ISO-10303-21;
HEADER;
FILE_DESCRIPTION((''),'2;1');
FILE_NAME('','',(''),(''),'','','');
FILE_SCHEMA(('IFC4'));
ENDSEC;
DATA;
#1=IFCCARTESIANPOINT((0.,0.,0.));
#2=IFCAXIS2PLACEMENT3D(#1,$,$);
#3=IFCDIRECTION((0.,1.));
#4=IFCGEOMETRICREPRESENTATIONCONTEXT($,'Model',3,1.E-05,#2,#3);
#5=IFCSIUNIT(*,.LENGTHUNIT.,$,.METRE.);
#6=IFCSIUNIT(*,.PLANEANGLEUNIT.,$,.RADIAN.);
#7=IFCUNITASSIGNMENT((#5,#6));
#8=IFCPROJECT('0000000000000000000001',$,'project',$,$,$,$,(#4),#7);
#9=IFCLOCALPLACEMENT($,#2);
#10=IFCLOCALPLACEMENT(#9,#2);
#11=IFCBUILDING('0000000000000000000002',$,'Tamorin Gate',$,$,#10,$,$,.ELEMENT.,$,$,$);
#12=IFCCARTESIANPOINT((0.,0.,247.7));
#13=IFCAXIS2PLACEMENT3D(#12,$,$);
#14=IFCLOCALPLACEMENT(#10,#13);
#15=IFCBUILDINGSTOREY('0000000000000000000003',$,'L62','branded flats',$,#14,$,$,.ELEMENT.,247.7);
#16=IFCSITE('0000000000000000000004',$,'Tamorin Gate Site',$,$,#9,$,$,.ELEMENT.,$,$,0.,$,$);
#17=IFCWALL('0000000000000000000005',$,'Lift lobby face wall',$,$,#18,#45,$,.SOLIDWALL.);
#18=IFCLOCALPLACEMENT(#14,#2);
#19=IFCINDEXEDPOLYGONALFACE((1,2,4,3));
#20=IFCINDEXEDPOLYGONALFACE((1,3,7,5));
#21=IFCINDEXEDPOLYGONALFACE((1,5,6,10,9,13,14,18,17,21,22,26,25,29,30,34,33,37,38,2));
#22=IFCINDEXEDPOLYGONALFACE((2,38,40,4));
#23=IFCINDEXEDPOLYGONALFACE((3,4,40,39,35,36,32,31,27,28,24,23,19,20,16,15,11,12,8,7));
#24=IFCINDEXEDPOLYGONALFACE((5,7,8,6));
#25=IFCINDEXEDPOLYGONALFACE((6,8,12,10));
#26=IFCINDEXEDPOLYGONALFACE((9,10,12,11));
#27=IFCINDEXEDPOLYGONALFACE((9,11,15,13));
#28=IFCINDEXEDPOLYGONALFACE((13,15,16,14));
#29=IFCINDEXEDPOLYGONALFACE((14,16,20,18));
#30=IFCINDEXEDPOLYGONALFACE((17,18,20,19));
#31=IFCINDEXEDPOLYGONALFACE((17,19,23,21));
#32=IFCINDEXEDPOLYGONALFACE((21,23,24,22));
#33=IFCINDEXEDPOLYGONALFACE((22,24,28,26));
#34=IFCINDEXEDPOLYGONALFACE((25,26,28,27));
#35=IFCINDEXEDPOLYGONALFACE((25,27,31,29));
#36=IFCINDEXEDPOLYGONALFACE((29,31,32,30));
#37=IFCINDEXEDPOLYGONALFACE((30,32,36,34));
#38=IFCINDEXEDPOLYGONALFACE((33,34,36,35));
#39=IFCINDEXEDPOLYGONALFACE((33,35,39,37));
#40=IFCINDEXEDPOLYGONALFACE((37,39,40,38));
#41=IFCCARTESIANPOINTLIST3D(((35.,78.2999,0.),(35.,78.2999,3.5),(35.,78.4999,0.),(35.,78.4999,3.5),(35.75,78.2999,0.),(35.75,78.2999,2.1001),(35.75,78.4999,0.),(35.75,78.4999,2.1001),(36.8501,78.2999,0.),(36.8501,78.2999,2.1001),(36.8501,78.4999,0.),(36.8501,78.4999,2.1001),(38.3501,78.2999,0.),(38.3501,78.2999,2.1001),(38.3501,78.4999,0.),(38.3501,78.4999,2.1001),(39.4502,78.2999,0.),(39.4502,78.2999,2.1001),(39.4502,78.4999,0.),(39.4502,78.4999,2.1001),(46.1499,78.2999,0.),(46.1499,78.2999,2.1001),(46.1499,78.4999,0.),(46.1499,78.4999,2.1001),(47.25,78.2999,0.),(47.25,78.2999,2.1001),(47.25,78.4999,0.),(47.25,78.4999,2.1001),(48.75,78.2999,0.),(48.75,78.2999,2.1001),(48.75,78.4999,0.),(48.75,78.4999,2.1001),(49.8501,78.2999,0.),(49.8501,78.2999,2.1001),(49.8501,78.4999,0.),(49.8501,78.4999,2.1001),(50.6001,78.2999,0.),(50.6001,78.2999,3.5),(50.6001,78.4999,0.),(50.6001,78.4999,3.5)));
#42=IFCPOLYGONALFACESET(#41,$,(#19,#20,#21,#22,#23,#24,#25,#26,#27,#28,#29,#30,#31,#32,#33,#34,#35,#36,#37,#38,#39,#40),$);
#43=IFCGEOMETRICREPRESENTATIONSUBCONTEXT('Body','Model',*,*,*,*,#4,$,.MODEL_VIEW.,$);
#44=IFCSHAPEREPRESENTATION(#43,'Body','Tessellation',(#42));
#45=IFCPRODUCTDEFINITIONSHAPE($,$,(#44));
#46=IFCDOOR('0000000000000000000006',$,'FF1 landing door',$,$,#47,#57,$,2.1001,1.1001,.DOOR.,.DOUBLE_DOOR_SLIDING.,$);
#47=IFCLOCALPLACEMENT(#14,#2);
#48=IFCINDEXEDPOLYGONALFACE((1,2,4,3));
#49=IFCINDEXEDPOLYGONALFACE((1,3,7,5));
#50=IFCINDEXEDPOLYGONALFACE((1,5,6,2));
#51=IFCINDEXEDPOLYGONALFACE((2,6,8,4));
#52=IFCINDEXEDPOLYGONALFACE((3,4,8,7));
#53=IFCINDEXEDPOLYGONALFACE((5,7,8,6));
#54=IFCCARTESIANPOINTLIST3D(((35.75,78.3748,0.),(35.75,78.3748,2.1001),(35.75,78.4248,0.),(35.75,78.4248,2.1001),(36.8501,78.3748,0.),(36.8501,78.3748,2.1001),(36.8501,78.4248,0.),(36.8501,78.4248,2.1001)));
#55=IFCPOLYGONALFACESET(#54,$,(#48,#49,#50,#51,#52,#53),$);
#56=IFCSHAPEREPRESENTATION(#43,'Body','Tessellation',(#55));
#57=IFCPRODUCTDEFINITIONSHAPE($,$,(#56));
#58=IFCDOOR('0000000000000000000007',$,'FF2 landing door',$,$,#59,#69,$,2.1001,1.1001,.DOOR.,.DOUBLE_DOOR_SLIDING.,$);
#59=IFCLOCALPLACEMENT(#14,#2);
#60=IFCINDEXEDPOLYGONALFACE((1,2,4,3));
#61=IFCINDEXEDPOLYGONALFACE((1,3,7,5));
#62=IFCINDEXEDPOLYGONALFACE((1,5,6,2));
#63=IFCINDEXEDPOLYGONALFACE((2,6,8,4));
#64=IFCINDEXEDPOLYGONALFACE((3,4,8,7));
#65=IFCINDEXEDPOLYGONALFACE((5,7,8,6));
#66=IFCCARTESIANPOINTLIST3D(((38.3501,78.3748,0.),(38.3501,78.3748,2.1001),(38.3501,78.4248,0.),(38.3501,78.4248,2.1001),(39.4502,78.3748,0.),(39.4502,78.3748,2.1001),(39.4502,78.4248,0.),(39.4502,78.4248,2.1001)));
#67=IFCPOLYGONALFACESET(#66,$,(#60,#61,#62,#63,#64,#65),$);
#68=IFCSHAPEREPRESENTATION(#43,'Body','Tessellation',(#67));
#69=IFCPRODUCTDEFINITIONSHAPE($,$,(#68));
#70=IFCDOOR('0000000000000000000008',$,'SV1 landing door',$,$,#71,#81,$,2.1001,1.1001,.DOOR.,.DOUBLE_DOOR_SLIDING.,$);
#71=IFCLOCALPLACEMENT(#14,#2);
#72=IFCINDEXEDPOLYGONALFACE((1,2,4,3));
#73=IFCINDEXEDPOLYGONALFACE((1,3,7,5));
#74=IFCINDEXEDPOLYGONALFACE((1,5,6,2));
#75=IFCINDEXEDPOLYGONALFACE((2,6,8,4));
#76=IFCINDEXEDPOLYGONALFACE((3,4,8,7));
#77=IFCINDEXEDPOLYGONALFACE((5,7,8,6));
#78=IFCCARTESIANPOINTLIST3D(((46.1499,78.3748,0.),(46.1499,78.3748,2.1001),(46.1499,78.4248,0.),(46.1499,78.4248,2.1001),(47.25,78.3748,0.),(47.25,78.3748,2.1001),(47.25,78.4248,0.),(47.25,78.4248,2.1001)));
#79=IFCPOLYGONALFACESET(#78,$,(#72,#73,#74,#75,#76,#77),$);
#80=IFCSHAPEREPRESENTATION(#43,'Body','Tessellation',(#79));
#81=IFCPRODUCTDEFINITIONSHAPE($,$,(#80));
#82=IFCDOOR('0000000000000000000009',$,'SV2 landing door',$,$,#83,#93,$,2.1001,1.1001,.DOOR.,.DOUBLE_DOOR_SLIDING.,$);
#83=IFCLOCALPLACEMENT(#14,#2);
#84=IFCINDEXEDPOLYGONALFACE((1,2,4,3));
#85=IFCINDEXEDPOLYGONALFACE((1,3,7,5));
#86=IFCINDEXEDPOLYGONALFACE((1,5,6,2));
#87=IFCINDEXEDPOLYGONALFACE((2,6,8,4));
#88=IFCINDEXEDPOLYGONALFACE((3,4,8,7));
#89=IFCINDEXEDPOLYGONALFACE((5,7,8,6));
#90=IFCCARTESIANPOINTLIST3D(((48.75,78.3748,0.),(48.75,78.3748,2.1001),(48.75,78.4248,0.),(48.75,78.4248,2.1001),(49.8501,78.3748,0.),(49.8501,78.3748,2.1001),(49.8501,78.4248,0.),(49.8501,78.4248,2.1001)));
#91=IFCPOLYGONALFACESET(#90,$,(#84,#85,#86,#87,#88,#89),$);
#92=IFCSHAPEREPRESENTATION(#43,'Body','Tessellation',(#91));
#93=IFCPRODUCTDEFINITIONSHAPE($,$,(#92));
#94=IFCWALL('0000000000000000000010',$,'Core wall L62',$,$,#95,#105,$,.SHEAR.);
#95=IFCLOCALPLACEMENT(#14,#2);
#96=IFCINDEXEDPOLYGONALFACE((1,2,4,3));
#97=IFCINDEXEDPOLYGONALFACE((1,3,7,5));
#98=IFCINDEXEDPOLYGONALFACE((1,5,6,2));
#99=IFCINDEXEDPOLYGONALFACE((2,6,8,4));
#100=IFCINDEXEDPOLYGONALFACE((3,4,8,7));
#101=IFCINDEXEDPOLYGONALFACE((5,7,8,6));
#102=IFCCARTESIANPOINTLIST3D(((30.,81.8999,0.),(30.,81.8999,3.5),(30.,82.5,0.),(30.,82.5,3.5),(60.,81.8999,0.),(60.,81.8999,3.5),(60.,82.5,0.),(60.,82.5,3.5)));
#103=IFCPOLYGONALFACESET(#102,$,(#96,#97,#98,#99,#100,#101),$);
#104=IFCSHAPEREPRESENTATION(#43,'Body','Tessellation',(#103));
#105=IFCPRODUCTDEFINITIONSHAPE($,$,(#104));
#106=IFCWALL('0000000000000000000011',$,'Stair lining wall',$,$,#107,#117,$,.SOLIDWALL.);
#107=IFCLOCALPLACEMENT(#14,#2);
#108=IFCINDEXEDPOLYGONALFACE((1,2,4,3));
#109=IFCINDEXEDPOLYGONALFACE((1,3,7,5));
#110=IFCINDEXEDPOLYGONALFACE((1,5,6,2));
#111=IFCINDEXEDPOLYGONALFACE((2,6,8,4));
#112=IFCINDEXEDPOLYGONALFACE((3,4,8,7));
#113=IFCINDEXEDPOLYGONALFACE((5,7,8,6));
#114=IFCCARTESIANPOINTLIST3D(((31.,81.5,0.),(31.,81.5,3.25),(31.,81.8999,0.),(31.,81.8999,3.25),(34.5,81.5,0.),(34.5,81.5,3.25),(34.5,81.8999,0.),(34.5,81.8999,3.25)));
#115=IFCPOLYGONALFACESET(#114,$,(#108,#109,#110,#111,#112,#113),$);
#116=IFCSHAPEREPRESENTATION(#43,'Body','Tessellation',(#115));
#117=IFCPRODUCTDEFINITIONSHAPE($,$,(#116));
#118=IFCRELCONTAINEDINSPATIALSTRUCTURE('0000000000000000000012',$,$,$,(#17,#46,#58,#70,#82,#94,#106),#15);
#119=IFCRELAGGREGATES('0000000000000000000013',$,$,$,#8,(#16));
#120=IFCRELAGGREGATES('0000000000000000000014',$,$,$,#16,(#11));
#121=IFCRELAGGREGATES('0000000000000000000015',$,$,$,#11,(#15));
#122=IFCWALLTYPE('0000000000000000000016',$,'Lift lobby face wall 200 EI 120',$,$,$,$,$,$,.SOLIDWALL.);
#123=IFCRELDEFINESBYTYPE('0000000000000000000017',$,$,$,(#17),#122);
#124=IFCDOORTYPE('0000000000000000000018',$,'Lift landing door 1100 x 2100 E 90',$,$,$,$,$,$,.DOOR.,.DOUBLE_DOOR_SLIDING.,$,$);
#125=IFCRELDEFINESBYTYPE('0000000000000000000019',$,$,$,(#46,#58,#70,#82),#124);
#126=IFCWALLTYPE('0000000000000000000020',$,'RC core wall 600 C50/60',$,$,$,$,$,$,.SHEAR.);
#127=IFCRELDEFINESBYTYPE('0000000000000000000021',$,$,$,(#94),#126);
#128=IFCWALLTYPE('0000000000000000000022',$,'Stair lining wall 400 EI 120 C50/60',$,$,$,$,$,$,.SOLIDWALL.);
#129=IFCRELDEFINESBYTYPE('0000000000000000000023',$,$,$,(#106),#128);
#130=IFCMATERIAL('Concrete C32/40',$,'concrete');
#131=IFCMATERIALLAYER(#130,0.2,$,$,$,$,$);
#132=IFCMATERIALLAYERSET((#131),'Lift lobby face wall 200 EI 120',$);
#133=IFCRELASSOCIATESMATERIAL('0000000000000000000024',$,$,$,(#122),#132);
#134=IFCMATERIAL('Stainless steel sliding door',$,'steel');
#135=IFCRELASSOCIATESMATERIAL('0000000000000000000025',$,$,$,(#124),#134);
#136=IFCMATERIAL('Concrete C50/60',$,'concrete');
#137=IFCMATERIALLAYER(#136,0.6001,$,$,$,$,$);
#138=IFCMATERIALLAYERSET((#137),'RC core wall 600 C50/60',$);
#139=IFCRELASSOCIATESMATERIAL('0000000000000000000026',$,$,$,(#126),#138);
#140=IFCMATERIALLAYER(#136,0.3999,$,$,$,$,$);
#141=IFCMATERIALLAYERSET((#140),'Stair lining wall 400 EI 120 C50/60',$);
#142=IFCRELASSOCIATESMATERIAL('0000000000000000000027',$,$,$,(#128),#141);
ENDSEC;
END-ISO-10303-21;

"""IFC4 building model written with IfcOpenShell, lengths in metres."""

from ifc_helpers import new_model, si_unit, direction, frame, frame_2d, origin, place, context, subcontext, project, spatial, rectangle, extrude, material, layer, layer_set, type_object, element, fill, save


model = new_model("IFC4")

# Units and contexts
model_context = context("Model", 3, precision=1e-05, world=origin(), true_north=direction((0.0, 1.0)))
body_context = subcontext(model_context, "Body", "Model", "MODEL_VIEW")
ifc_project = project(units=[si_unit("LENGTHUNIT", "METRE"), si_unit("PLANEANGLEUNIT", "RADIAN")], contexts=[model_context])

# Site, building, storey
site_placement = place(None, origin())
site = spatial("IfcSite", under=ifc_project, at=site_placement, Name="Tamorin Gate Site", CompositionType="ELEMENT", RefElevation=0.0)
building_placement = place(site_placement, origin())
building = spatial("IfcBuilding", under=site, at=building_placement, Name="Tamorin Gate", CompositionType="ELEMENT")
storey_placement = place(building_placement, frame((0.0, 0.0, 247.7)))
storey = spatial("IfcBuildingStorey", under=building, at=storey_placement, Name="L62", Description="branded flats", CompositionType="ELEMENT", Elevation=247.7)

# Wall, openings, doors
ifc_material_1 = material(Name="Concrete C32/40", Category="concrete")
ifc_layer_1 = layer(ifc_material_1, 0.2)
ifc_layer_set_1 = layer_set([ifc_layer_1], Name="Lift lobby face wall 200 EI 120")
wall_type_1 = type_object("IfcWallType", Name="Lift lobby face wall 200 EI 120", PredefinedType="SOLIDWALL", material=ifc_layer_set_1)
wall_1_placement = place(storey_placement, frame((35.0, 78.3999, 0.0), z_axis=(0.0, 0.0, 1.0), x_axis=(1.0, 0.0, 0.0)))
wall_1 = element("IfcWall", 1, at=wall_1_placement, inside=storey, type_object=wall_type_1, Name="Lift lobby face wall", PredefinedType="SOLIDWALL", context=body_context, shape_type="SweptSolid", body=[
    extrude(rectangle(XDim=15.6001, YDim=0.2, at=frame_2d((7.8, 0.0))), origin(), (0.0, 0.0, 1.0), 3.5),
])
opening_1_placement = place(wall_1_placement, frame((0.75, 0.0, 0.0)))
opening_1 = element("IfcOpeningElement", 2, at=opening_1_placement, cuts=wall_1, PredefinedType="OPENING", context=body_context, shape_type="SweptSolid", body=[
    extrude(rectangle(XDim=1.1001, YDim=2.1001, at=frame_2d((0.55, 1.05))), frame((0.0, 0.1099, 0.0), z_axis=(0.0, -1.0, 0.0), x_axis=(1.0, 0.0, 0.0)), (0.0, 0.0, 1.0), 0.22),
])
opening_2_placement = place(wall_1_placement, frame((3.3501, 0.0, 0.0)))
opening_2 = element("IfcOpeningElement", 3, at=opening_2_placement, cuts=wall_1, PredefinedType="OPENING", context=body_context, shape_type="SweptSolid", body=[
    extrude(rectangle(XDim=1.1001, YDim=2.1001, at=frame_2d((0.55, 1.05))), frame((0.0, 0.1099, 0.0), z_axis=(0.0, -1.0, 0.0), x_axis=(1.0, 0.0, 0.0)), (0.0, 0.0, 1.0), 0.22),
])
opening_3_placement = place(wall_1_placement, frame((11.1499, 0.0, 0.0)))
opening_3 = element("IfcOpeningElement", 4, at=opening_3_placement, cuts=wall_1, PredefinedType="OPENING", context=body_context, shape_type="SweptSolid", body=[
    extrude(rectangle(XDim=1.1001, YDim=2.1001, at=frame_2d((0.55, 1.05))), frame((0.0, 0.1099, 0.0), z_axis=(0.0, -1.0, 0.0), x_axis=(1.0, 0.0, 0.0)), (0.0, 0.0, 1.0), 0.22),
])
opening_4_placement = place(wall_1_placement, frame((13.75, 0.0, 0.0)))
opening_4 = element("IfcOpeningElement", 5, at=opening_4_placement, cuts=wall_1, PredefinedType="OPENING", context=body_context, shape_type="SweptSolid", body=[
    extrude(rectangle(XDim=1.1001, YDim=2.1001, at=frame_2d((0.55, 1.05))), frame((0.0, 0.1099, 0.0), z_axis=(0.0, -1.0, 0.0), x_axis=(1.0, 0.0, 0.0)), (0.0, 0.0, 1.0), 0.22),
])
ifc_material_2 = material(Name="Stainless steel sliding door", Category="steel")
door_type_1 = type_object("IfcDoorType", Name="Lift landing door 1100 x 2100 E 90", OperationType="DOUBLE_DOOR_SLIDING", PredefinedType="DOOR", material=ifc_material_2)
door_1_placement = place(opening_1_placement, origin())
door_1 = element("IfcDoor", 6, at=door_1_placement, inside=storey, type_object=door_type_1, Name="FF1 landing door", OperationType="DOUBLE_DOOR_SLIDING", OverallHeight=2.1001, OverallWidth=1.1001, PredefinedType="DOOR", context=body_context, shape_type="SweptSolid", body=[
    extrude(rectangle(XDim=1.1001, YDim=2.1001, at=frame_2d((0.55, 1.05))), frame((0.0, 0.0249, 0.0), z_axis=(0.0, -1.0, 0.0), x_axis=(1.0, 0.0, 0.0)), (0.0, 0.0, 1.0), 0.05),
])
fill(opening_1, door_1)
door_2_placement = place(opening_2_placement, origin())
door_2 = element("IfcDoor", 7, at=door_2_placement, inside=storey, type_object=door_type_1, Name="FF2 landing door", OperationType="DOUBLE_DOOR_SLIDING", OverallHeight=2.1001, OverallWidth=1.1001, PredefinedType="DOOR", context=body_context, shape_type="SweptSolid", body=[
    extrude(rectangle(XDim=1.1001, YDim=2.1001, at=frame_2d((0.55, 1.05))), frame((0.0, 0.0249, 0.0), z_axis=(0.0, -1.0, 0.0), x_axis=(1.0, 0.0, 0.0)), (0.0, 0.0, 1.0), 0.05),
])
fill(opening_2, door_2)
door_3_placement = place(opening_3_placement, origin())
door_3 = element("IfcDoor", 8, at=door_3_placement, inside=storey, type_object=door_type_1, Name="SV1 landing door", OperationType="DOUBLE_DOOR_SLIDING", OverallHeight=2.1001, OverallWidth=1.1001, PredefinedType="DOOR", context=body_context, shape_type="SweptSolid", body=[
    extrude(rectangle(XDim=1.1001, YDim=2.1001, at=frame_2d((0.55, 1.05))), frame((0.0, 0.0249, 0.0), z_axis=(0.0, -1.0, 0.0), x_axis=(1.0, 0.0, 0.0)), (0.0, 0.0, 1.0), 0.05),
])
fill(opening_3, door_3)
door_4_placement = place(opening_4_placement, origin())
door_4 = element("IfcDoor", 9, at=door_4_placement, inside=storey, type_object=door_type_1, Name="SV2 landing door", OperationType="DOUBLE_DOOR_SLIDING", OverallHeight=2.1001, OverallWidth=1.1001, PredefinedType="DOOR", context=body_context, shape_type="SweptSolid", body=[
    extrude(rectangle(XDim=1.1001, YDim=2.1001, at=frame_2d((0.55, 1.05))), frame((0.0, 0.0249, 0.0), z_axis=(0.0, -1.0, 0.0), x_axis=(1.0, 0.0, 0.0)), (0.0, 0.0, 1.0), 0.05),
])
fill(opening_4, door_4)

# Walls
ifc_material_3 = material(Name="Concrete C50/60", Category="concrete")
ifc_layer_2 = layer(ifc_material_3, 0.6001)
ifc_layer_set_2 = layer_set([ifc_layer_2], Name="RC core wall 600 C50/60")
wall_type_2 = type_object("IfcWallType", Name="RC core wall 600 C50/60", PredefinedType="SHEAR", material=ifc_layer_set_2)
wall_2_placement = place(storey_placement, frame((30.0, 82.2, 0.0), z_axis=(0.0, 0.0, 1.0), x_axis=(1.0, 0.0, 0.0)))
element("IfcWall", 10, at=wall_2_placement, inside=storey, type_object=wall_type_2, Name="Core wall L62", PredefinedType="SHEAR", context=body_context, shape_type="SweptSolid", body=[
    extrude(rectangle(XDim=30.0, YDim=0.6001, at=frame_2d((15.0, 0.0))), origin(), (0.0, 0.0, 1.0), 3.5),
])
ifc_layer_3 = layer(ifc_material_3, 0.3999)
ifc_layer_set_3 = layer_set([ifc_layer_3], Name="Stair lining wall 400 EI 120 C50/60")
wall_type_3 = type_object("IfcWallType", Name="Stair lining wall 400 EI 120 C50/60", PredefinedType="SOLIDWALL", material=ifc_layer_set_3)
wall_3_placement = place(storey_placement, frame((31.0, 81.7, 0.0), z_axis=(0.0, 0.0, 1.0), x_axis=(1.0, 0.0, 0.0)))
element("IfcWall", 11, at=wall_3_placement, inside=storey, type_object=wall_type_3, Name="Stair lining wall", PredefinedType="SOLIDWALL", context=body_context, shape_type="SweptSolid", body=[
    extrude(rectangle(XDim=3.5, YDim=0.3999, at=frame_2d((1.75, 0.0))), origin(), (0.0, 0.0, 1.0), 3.25),
])

save(model, "model.ifc")
